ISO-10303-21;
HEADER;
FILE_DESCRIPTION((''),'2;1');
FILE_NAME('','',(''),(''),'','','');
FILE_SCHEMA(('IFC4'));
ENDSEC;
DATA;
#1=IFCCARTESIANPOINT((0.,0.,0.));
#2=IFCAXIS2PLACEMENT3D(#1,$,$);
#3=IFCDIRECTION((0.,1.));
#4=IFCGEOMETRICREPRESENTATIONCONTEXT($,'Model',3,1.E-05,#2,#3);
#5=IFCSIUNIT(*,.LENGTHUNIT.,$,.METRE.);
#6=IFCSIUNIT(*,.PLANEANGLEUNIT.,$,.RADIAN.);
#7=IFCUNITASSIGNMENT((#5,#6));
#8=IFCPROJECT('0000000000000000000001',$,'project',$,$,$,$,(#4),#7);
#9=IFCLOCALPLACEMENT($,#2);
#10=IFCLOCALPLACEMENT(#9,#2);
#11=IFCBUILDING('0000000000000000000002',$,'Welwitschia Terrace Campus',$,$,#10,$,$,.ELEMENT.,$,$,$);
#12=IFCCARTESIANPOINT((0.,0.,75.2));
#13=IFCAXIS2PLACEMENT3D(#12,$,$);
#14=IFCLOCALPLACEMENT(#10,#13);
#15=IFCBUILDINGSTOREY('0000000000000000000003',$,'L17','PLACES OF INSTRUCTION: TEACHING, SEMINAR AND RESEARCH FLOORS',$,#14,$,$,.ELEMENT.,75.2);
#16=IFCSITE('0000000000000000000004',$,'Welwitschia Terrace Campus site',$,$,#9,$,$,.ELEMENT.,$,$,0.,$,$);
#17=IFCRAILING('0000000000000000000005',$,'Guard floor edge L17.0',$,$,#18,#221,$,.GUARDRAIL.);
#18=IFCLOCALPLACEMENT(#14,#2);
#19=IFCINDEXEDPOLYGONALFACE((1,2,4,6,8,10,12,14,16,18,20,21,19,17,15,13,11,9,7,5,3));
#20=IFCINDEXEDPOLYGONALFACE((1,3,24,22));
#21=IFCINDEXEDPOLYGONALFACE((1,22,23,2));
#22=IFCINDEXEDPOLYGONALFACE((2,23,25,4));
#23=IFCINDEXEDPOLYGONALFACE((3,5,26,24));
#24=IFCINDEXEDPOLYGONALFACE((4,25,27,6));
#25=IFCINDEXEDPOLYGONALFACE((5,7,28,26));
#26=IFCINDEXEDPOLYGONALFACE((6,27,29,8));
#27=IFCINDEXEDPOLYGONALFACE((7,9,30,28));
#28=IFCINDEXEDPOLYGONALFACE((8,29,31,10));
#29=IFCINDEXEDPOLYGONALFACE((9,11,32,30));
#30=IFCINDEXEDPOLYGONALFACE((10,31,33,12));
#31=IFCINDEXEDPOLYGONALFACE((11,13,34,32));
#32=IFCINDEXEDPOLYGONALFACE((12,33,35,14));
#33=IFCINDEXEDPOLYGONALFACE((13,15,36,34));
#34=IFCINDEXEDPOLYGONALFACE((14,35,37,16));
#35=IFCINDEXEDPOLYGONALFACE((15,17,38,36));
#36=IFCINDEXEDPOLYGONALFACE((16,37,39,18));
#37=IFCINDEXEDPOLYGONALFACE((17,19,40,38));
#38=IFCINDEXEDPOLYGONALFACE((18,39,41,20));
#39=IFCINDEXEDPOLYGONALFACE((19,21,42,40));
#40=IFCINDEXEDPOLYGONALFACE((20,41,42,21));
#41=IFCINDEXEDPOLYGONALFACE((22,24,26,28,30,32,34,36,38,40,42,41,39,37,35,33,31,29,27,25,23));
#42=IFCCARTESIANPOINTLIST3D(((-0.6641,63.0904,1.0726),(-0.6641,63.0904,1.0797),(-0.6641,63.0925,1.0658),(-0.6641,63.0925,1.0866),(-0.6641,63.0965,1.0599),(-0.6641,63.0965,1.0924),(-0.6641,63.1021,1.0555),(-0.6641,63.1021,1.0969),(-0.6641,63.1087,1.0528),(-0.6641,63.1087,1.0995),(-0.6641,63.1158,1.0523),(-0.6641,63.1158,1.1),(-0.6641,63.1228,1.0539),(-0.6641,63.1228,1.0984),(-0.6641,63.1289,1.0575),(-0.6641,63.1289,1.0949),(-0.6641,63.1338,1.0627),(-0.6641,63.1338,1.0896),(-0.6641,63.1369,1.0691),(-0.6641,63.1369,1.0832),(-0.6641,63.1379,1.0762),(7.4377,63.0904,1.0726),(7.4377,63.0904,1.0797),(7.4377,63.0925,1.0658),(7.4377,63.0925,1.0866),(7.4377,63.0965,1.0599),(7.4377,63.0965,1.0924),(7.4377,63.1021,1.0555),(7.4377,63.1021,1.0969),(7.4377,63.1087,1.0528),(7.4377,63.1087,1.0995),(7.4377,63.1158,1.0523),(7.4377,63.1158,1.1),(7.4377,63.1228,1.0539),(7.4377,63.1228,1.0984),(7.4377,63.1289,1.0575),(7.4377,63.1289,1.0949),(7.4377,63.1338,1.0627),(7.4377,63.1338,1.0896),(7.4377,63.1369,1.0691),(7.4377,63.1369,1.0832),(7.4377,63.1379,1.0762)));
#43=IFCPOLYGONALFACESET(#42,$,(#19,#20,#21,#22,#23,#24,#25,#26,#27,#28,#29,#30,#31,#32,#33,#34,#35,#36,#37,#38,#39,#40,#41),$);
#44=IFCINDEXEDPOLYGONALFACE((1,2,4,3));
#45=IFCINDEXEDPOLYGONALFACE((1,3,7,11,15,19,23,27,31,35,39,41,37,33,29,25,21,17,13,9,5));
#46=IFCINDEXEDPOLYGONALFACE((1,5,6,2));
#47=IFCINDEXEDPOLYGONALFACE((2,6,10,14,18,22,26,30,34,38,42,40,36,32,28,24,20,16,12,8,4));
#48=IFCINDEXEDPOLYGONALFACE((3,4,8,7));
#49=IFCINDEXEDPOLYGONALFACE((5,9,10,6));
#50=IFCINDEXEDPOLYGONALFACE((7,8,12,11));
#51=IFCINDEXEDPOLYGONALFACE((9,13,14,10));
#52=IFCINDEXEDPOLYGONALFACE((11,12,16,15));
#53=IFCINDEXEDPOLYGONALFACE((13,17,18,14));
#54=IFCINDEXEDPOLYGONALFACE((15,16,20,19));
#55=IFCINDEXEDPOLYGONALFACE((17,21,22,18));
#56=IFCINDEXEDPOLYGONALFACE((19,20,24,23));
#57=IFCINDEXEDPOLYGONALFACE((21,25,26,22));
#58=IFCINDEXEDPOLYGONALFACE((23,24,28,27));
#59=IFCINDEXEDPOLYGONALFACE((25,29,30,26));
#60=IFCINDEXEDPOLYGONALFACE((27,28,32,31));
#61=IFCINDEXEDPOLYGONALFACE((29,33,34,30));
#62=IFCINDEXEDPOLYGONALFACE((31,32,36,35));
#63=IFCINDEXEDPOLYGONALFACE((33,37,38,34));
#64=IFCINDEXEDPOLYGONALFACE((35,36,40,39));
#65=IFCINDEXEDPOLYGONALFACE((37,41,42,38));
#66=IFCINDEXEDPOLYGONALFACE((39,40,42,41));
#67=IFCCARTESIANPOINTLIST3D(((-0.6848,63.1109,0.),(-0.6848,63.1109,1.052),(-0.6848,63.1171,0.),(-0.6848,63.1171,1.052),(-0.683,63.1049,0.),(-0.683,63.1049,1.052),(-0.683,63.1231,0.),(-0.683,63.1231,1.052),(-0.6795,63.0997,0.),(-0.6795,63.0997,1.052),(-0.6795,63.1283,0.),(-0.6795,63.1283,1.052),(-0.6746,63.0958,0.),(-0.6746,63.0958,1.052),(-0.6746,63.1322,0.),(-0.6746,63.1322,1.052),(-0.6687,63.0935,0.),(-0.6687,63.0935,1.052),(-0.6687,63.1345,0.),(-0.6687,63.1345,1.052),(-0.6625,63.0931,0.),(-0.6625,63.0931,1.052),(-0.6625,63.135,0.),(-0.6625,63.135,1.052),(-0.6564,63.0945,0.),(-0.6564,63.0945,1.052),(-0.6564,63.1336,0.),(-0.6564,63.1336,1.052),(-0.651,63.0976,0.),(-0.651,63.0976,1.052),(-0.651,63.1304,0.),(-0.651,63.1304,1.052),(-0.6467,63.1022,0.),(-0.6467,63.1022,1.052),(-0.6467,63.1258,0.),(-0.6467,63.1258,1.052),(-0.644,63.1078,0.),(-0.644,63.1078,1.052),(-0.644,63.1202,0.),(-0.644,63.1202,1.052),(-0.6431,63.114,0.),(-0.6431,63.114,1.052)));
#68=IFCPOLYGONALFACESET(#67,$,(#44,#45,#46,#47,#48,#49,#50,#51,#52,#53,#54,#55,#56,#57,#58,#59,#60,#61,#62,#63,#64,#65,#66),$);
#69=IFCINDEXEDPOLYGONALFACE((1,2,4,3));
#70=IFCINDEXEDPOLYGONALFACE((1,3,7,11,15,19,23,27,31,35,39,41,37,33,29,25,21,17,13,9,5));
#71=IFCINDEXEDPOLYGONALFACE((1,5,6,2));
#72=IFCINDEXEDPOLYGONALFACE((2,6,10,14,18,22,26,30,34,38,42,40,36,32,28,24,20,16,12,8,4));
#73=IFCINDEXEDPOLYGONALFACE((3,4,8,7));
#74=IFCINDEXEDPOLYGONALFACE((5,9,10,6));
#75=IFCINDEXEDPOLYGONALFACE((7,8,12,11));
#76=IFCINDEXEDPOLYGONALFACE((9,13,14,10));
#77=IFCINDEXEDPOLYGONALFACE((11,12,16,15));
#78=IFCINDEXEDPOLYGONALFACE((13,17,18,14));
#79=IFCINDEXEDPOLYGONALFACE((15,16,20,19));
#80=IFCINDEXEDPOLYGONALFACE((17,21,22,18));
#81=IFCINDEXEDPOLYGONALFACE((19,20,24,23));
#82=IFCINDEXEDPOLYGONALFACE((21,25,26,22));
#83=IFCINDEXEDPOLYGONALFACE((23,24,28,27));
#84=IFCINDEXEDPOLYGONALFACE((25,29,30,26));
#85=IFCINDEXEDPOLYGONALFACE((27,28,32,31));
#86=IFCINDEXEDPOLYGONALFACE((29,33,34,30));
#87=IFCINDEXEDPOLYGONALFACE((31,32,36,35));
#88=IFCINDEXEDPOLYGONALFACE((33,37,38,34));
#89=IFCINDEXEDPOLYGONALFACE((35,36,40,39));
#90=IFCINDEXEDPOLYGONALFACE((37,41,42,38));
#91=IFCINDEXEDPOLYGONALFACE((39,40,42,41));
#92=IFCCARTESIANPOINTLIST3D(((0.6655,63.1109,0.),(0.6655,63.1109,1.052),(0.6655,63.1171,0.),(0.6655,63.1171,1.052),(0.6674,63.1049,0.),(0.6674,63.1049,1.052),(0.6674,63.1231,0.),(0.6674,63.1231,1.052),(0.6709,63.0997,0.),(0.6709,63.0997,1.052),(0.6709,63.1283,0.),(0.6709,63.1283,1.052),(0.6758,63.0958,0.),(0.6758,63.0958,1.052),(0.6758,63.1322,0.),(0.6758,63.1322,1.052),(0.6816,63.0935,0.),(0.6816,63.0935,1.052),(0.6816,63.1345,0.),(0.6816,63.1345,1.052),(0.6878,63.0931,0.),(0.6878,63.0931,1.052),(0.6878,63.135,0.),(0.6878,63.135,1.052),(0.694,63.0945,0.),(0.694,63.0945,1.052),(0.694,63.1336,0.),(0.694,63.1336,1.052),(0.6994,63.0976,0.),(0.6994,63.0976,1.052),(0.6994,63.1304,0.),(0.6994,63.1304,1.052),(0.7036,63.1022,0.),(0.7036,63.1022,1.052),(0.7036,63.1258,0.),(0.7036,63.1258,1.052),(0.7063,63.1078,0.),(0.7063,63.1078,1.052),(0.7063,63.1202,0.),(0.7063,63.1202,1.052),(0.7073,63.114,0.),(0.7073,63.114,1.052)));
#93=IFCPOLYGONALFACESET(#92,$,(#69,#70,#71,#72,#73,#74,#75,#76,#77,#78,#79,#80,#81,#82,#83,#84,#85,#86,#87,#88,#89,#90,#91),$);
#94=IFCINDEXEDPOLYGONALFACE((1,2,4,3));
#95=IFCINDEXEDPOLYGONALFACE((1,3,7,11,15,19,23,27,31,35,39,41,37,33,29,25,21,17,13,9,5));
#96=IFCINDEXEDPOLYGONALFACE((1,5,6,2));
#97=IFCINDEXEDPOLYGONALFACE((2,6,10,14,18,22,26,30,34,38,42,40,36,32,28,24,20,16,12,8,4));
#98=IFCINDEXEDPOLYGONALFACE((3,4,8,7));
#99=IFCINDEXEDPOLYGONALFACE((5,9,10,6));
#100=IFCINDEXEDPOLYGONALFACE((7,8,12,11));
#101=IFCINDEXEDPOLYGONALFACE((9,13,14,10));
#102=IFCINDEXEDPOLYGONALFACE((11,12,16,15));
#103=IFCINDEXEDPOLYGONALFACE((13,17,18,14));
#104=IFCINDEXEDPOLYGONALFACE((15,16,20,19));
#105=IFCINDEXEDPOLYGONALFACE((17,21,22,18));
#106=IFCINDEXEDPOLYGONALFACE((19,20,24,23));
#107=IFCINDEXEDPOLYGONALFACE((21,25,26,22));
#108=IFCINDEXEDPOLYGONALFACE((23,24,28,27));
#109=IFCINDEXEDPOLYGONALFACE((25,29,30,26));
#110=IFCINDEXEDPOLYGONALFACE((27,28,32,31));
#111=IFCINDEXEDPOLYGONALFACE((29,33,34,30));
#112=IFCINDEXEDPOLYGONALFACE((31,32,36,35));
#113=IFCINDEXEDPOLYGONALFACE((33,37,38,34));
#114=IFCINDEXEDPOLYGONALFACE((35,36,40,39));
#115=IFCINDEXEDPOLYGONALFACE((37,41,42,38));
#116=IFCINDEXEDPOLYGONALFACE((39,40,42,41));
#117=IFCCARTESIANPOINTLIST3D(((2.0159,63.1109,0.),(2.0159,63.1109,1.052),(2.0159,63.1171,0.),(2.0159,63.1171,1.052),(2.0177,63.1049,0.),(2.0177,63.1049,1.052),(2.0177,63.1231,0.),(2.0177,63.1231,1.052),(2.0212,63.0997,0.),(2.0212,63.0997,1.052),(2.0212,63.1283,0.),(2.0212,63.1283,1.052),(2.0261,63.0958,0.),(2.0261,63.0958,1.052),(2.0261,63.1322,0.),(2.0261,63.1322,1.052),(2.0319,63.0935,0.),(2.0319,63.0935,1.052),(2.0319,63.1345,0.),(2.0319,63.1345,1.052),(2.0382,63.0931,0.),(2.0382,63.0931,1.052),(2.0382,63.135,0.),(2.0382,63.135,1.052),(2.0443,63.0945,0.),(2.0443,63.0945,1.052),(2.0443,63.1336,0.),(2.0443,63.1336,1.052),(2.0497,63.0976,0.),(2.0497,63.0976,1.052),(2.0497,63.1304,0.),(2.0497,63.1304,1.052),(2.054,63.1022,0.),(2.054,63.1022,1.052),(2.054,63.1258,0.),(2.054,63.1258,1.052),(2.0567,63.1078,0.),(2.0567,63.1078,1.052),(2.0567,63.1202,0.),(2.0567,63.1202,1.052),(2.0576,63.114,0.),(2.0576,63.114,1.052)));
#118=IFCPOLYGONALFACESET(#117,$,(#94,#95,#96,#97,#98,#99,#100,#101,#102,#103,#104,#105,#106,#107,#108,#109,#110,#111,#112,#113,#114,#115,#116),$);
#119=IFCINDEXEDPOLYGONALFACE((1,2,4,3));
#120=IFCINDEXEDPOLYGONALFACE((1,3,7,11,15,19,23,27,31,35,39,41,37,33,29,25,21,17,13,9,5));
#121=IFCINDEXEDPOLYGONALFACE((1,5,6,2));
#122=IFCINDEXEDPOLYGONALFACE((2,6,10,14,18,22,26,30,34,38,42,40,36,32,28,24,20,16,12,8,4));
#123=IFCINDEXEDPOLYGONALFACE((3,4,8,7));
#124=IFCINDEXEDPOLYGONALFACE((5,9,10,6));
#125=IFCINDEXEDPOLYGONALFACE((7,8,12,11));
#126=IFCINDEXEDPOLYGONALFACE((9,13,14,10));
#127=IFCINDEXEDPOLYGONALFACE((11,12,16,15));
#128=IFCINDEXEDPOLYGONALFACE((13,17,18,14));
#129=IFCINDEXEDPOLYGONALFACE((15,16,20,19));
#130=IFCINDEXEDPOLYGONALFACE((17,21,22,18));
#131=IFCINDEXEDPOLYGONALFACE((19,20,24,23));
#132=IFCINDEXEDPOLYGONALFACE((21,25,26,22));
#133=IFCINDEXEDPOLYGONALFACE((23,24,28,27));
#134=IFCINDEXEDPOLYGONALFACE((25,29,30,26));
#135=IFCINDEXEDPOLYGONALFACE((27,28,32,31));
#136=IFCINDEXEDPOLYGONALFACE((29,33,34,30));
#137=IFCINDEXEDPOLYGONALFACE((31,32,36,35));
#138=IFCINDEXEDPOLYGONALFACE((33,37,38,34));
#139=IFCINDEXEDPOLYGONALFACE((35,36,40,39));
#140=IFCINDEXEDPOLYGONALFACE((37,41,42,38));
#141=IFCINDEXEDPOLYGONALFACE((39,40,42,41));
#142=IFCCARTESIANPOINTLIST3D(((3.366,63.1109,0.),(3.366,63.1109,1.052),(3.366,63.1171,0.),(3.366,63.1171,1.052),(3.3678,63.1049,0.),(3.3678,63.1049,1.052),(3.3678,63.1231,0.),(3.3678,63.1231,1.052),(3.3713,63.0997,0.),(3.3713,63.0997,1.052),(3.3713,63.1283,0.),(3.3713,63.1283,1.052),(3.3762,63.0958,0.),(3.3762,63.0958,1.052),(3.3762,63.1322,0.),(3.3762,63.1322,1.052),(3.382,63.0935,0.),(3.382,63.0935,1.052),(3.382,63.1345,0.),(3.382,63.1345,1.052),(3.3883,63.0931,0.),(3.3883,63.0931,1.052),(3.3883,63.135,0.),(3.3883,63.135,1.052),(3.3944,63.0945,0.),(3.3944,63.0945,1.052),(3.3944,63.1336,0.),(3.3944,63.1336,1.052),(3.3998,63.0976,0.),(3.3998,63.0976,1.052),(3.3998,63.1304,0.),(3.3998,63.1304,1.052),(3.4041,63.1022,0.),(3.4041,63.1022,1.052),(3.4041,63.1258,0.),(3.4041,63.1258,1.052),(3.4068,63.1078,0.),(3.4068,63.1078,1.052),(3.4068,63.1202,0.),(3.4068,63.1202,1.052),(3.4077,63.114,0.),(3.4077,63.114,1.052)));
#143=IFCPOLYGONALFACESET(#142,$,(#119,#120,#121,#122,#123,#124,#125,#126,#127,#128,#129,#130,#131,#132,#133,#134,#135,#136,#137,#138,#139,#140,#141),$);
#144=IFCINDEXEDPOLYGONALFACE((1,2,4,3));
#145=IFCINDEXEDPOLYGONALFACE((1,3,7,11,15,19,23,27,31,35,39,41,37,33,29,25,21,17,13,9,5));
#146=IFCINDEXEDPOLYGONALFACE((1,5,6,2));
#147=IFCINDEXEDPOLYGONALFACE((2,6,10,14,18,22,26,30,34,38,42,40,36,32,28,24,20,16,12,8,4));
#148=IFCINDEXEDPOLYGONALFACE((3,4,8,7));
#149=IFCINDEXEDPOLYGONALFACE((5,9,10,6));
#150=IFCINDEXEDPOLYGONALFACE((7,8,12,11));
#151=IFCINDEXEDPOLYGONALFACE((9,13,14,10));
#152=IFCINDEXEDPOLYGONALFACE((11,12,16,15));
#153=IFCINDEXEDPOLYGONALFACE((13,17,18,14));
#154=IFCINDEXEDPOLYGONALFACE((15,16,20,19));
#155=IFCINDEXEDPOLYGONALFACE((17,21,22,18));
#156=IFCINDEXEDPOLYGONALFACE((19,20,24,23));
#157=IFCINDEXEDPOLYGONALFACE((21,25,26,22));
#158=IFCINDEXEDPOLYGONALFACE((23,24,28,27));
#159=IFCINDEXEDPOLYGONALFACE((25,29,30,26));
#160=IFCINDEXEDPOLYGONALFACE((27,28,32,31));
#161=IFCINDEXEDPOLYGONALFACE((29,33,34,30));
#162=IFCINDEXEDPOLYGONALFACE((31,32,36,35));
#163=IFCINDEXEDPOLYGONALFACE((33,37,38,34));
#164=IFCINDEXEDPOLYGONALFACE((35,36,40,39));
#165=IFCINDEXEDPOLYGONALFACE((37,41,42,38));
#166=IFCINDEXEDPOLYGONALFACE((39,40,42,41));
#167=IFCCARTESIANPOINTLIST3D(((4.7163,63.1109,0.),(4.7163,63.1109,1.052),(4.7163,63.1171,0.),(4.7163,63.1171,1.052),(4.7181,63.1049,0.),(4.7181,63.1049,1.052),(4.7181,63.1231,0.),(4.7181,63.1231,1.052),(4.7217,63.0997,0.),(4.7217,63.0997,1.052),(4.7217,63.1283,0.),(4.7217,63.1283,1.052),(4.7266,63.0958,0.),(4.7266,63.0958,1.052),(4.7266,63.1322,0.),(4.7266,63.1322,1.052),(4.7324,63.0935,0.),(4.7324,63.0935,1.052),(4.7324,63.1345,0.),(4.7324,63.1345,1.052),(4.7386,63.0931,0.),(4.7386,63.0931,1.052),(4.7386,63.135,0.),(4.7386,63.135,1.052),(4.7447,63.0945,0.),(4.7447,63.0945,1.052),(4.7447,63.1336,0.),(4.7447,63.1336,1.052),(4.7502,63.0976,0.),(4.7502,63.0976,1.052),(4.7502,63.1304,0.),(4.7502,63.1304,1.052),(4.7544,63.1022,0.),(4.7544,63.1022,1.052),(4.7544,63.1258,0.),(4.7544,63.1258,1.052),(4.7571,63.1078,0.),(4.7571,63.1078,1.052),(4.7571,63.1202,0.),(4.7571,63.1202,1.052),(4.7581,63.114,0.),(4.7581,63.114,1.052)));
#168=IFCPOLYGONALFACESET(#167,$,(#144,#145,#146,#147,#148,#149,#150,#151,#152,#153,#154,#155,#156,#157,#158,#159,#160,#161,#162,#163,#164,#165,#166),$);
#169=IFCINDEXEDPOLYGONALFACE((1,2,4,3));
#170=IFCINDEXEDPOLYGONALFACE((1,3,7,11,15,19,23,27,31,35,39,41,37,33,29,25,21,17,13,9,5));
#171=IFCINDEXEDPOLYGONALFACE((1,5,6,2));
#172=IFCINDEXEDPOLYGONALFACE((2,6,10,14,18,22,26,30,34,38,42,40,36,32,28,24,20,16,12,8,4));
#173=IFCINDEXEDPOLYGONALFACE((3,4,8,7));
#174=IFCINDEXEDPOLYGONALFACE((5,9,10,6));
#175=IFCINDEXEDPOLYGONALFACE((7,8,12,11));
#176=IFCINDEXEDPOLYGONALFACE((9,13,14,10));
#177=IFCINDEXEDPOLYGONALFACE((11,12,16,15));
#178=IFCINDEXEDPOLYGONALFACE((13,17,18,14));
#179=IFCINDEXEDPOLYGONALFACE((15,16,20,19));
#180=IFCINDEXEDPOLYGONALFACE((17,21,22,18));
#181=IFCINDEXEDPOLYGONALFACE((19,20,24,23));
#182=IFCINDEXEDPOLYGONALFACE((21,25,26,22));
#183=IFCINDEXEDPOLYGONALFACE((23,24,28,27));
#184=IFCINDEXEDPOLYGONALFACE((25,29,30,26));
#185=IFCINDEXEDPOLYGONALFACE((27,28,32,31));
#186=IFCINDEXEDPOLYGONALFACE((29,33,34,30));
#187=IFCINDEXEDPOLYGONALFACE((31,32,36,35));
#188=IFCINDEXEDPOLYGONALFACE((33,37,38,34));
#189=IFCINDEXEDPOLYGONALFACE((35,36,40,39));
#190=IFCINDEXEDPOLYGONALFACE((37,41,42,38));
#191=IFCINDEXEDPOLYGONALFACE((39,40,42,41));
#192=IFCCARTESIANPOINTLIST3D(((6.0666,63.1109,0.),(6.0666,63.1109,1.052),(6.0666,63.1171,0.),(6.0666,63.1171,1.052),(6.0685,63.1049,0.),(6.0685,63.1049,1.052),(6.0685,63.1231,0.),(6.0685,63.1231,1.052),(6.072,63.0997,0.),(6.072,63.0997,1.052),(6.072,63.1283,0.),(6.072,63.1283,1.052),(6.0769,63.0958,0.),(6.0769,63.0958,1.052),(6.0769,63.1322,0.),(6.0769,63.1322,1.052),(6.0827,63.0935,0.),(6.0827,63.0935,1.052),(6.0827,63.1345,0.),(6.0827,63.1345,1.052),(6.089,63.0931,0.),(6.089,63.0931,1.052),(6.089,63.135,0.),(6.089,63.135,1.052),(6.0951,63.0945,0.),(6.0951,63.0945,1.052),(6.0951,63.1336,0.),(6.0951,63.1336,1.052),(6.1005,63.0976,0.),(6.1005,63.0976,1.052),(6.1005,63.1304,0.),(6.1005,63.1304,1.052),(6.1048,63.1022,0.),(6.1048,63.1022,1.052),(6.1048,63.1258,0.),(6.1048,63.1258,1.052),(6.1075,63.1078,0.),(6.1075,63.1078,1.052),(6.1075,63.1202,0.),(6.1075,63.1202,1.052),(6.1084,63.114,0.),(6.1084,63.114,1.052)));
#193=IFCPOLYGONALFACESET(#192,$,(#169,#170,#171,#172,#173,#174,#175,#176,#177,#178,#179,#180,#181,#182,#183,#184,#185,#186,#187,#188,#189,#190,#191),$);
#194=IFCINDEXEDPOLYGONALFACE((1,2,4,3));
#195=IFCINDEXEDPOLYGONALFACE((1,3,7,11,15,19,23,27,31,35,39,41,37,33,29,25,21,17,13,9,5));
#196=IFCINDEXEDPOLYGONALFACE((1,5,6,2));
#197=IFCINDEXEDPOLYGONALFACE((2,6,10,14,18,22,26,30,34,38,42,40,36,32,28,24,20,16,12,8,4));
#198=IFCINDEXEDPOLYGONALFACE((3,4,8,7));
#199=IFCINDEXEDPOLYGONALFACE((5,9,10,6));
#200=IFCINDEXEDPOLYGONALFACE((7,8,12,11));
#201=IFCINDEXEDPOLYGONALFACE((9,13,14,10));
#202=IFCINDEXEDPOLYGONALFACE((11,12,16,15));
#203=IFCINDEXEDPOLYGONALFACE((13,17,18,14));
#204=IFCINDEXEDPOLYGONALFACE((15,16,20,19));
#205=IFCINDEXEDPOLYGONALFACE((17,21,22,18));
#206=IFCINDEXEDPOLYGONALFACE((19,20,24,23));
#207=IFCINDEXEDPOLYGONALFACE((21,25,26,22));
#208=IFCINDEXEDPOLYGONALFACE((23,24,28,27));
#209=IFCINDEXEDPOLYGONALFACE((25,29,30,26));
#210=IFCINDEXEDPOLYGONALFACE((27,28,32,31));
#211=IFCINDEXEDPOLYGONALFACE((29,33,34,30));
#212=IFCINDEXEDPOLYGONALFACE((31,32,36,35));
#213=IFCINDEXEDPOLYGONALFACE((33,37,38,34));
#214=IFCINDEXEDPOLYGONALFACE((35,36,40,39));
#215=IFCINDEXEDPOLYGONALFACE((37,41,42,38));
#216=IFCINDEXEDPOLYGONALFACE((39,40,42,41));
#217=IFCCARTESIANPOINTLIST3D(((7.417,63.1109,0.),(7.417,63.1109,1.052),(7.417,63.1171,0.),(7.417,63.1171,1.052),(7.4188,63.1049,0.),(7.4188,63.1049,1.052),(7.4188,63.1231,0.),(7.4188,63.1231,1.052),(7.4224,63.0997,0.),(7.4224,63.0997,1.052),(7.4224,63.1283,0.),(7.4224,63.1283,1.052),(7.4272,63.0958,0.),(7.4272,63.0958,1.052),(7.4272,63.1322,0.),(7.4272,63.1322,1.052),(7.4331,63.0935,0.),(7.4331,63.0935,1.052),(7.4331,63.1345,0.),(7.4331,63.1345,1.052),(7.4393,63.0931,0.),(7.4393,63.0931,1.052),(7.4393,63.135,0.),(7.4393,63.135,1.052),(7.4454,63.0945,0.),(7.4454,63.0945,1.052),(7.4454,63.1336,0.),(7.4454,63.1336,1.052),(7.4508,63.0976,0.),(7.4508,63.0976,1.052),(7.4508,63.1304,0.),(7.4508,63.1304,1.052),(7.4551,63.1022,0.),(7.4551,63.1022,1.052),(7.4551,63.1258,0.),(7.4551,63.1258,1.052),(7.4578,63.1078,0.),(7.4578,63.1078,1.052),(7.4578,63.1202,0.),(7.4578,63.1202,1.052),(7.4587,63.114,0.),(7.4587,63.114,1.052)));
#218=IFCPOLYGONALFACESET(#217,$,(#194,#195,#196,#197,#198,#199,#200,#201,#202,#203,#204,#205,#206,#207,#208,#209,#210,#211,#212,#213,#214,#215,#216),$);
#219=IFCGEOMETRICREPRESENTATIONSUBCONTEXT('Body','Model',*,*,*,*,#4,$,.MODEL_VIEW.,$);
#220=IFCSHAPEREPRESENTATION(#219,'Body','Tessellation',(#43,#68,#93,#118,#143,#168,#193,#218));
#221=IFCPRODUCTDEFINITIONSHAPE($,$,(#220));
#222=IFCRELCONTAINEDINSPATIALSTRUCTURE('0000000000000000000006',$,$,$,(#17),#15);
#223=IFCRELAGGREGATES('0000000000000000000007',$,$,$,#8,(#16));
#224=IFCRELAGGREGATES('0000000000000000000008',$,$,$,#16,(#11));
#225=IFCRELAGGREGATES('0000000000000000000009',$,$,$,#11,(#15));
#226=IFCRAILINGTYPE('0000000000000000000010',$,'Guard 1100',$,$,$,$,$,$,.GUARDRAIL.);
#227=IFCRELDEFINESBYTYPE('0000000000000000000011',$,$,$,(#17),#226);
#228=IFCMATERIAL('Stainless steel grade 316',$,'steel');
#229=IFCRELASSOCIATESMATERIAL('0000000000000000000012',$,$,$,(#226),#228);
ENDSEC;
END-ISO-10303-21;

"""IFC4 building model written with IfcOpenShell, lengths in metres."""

from ifc_helpers import new_model, si_unit, direction, frame, origin, origin_2d, place, context, subcontext, project, spatial, circle, extrude, material, type_object, element, save


model = new_model("IFC4")

# Units and contexts
model_context = context("Model", 3, precision=1e-05, world=origin(), true_north=direction((0.0, 1.0)))
body_context = subcontext(model_context, "Body", "Model", "MODEL_VIEW")
ifc_project = project(units=[si_unit("LENGTHUNIT", "METRE"), si_unit("PLANEANGLEUNIT", "RADIAN")], contexts=[model_context])

# Site, building, storey
site_placement = place(None, origin())
site = spatial("IfcSite", under=ifc_project, at=site_placement, Name="Welwitschia Terrace Campus site", CompositionType="ELEMENT", RefElevation=0.0)
building_placement = place(site_placement, origin())
building = spatial("IfcBuilding", under=site, at=building_placement, Name="Welwitschia Terrace Campus", CompositionType="ELEMENT")
storey_placement = place(building_placement, frame((0.0, 0.0, 75.2)))
storey = spatial("IfcBuildingStorey", under=building, at=storey_placement, Name="L17", Description="PLACES OF INSTRUCTION: TEACHING, SEMINAR AND RESEARCH FLOORS", CompositionType="ELEMENT", Elevation=75.2)

# Railing
ifc_material_1 = material(Name="Stainless steel grade 316", Category="steel")
railing_type = type_object("IfcRailingType", Name="Guard 1100", PredefinedType="GUARDRAIL", material=ifc_material_1)
railing_placement = place(storey_placement, frame((-0.6641, 63.114, 0.0)))
element("IfcRailing", 1, at=railing_placement, inside=storey, type_object=railing_type, Name="Guard floor edge L17.0", PredefinedType="GUARDRAIL", context=body_context, shape_type="SweptSolid", body=[
    extrude(circle(Radius=0.0239, at=origin_2d()), frame((0.0, 0.0, 1.0762), z_axis=(1.0, 0.0, 0.0), x_axis=(0.0, 1.0, 0.0)), (0.0, 0.0, 1.0), 8.1018),
    extrude(circle(Radius=0.021, at=origin_2d()), origin(), (0.0, 0.0, 1.0), 1.052),
    extrude(circle(Radius=0.021, at=origin_2d()), frame((1.3503, 0.0, 0.0)), (0.0, 0.0, 1.0), 1.052),
    extrude(circle(Radius=0.021, at=origin_2d()), frame((2.7007, 0.0, 0.0)), (0.0, 0.0, 1.0), 1.052),
    extrude(circle(Radius=0.021, at=origin_2d()), frame((4.0508, 0.0, 0.0)), (0.0, 0.0, 1.0), 1.052),
    extrude(circle(Radius=0.021, at=origin_2d()), frame((5.4011, 0.0, 0.0)), (0.0, 0.0, 1.0), 1.052),
    extrude(circle(Radius=0.021, at=origin_2d()), frame((6.7515, 0.0, 0.0)), (0.0, 0.0, 1.0), 1.052),
    extrude(circle(Radius=0.021, at=origin_2d()), frame((8.1018, 0.0, 0.0)), (0.0, 0.0, 1.0), 1.052),
])

save(model, "model.ifc")
